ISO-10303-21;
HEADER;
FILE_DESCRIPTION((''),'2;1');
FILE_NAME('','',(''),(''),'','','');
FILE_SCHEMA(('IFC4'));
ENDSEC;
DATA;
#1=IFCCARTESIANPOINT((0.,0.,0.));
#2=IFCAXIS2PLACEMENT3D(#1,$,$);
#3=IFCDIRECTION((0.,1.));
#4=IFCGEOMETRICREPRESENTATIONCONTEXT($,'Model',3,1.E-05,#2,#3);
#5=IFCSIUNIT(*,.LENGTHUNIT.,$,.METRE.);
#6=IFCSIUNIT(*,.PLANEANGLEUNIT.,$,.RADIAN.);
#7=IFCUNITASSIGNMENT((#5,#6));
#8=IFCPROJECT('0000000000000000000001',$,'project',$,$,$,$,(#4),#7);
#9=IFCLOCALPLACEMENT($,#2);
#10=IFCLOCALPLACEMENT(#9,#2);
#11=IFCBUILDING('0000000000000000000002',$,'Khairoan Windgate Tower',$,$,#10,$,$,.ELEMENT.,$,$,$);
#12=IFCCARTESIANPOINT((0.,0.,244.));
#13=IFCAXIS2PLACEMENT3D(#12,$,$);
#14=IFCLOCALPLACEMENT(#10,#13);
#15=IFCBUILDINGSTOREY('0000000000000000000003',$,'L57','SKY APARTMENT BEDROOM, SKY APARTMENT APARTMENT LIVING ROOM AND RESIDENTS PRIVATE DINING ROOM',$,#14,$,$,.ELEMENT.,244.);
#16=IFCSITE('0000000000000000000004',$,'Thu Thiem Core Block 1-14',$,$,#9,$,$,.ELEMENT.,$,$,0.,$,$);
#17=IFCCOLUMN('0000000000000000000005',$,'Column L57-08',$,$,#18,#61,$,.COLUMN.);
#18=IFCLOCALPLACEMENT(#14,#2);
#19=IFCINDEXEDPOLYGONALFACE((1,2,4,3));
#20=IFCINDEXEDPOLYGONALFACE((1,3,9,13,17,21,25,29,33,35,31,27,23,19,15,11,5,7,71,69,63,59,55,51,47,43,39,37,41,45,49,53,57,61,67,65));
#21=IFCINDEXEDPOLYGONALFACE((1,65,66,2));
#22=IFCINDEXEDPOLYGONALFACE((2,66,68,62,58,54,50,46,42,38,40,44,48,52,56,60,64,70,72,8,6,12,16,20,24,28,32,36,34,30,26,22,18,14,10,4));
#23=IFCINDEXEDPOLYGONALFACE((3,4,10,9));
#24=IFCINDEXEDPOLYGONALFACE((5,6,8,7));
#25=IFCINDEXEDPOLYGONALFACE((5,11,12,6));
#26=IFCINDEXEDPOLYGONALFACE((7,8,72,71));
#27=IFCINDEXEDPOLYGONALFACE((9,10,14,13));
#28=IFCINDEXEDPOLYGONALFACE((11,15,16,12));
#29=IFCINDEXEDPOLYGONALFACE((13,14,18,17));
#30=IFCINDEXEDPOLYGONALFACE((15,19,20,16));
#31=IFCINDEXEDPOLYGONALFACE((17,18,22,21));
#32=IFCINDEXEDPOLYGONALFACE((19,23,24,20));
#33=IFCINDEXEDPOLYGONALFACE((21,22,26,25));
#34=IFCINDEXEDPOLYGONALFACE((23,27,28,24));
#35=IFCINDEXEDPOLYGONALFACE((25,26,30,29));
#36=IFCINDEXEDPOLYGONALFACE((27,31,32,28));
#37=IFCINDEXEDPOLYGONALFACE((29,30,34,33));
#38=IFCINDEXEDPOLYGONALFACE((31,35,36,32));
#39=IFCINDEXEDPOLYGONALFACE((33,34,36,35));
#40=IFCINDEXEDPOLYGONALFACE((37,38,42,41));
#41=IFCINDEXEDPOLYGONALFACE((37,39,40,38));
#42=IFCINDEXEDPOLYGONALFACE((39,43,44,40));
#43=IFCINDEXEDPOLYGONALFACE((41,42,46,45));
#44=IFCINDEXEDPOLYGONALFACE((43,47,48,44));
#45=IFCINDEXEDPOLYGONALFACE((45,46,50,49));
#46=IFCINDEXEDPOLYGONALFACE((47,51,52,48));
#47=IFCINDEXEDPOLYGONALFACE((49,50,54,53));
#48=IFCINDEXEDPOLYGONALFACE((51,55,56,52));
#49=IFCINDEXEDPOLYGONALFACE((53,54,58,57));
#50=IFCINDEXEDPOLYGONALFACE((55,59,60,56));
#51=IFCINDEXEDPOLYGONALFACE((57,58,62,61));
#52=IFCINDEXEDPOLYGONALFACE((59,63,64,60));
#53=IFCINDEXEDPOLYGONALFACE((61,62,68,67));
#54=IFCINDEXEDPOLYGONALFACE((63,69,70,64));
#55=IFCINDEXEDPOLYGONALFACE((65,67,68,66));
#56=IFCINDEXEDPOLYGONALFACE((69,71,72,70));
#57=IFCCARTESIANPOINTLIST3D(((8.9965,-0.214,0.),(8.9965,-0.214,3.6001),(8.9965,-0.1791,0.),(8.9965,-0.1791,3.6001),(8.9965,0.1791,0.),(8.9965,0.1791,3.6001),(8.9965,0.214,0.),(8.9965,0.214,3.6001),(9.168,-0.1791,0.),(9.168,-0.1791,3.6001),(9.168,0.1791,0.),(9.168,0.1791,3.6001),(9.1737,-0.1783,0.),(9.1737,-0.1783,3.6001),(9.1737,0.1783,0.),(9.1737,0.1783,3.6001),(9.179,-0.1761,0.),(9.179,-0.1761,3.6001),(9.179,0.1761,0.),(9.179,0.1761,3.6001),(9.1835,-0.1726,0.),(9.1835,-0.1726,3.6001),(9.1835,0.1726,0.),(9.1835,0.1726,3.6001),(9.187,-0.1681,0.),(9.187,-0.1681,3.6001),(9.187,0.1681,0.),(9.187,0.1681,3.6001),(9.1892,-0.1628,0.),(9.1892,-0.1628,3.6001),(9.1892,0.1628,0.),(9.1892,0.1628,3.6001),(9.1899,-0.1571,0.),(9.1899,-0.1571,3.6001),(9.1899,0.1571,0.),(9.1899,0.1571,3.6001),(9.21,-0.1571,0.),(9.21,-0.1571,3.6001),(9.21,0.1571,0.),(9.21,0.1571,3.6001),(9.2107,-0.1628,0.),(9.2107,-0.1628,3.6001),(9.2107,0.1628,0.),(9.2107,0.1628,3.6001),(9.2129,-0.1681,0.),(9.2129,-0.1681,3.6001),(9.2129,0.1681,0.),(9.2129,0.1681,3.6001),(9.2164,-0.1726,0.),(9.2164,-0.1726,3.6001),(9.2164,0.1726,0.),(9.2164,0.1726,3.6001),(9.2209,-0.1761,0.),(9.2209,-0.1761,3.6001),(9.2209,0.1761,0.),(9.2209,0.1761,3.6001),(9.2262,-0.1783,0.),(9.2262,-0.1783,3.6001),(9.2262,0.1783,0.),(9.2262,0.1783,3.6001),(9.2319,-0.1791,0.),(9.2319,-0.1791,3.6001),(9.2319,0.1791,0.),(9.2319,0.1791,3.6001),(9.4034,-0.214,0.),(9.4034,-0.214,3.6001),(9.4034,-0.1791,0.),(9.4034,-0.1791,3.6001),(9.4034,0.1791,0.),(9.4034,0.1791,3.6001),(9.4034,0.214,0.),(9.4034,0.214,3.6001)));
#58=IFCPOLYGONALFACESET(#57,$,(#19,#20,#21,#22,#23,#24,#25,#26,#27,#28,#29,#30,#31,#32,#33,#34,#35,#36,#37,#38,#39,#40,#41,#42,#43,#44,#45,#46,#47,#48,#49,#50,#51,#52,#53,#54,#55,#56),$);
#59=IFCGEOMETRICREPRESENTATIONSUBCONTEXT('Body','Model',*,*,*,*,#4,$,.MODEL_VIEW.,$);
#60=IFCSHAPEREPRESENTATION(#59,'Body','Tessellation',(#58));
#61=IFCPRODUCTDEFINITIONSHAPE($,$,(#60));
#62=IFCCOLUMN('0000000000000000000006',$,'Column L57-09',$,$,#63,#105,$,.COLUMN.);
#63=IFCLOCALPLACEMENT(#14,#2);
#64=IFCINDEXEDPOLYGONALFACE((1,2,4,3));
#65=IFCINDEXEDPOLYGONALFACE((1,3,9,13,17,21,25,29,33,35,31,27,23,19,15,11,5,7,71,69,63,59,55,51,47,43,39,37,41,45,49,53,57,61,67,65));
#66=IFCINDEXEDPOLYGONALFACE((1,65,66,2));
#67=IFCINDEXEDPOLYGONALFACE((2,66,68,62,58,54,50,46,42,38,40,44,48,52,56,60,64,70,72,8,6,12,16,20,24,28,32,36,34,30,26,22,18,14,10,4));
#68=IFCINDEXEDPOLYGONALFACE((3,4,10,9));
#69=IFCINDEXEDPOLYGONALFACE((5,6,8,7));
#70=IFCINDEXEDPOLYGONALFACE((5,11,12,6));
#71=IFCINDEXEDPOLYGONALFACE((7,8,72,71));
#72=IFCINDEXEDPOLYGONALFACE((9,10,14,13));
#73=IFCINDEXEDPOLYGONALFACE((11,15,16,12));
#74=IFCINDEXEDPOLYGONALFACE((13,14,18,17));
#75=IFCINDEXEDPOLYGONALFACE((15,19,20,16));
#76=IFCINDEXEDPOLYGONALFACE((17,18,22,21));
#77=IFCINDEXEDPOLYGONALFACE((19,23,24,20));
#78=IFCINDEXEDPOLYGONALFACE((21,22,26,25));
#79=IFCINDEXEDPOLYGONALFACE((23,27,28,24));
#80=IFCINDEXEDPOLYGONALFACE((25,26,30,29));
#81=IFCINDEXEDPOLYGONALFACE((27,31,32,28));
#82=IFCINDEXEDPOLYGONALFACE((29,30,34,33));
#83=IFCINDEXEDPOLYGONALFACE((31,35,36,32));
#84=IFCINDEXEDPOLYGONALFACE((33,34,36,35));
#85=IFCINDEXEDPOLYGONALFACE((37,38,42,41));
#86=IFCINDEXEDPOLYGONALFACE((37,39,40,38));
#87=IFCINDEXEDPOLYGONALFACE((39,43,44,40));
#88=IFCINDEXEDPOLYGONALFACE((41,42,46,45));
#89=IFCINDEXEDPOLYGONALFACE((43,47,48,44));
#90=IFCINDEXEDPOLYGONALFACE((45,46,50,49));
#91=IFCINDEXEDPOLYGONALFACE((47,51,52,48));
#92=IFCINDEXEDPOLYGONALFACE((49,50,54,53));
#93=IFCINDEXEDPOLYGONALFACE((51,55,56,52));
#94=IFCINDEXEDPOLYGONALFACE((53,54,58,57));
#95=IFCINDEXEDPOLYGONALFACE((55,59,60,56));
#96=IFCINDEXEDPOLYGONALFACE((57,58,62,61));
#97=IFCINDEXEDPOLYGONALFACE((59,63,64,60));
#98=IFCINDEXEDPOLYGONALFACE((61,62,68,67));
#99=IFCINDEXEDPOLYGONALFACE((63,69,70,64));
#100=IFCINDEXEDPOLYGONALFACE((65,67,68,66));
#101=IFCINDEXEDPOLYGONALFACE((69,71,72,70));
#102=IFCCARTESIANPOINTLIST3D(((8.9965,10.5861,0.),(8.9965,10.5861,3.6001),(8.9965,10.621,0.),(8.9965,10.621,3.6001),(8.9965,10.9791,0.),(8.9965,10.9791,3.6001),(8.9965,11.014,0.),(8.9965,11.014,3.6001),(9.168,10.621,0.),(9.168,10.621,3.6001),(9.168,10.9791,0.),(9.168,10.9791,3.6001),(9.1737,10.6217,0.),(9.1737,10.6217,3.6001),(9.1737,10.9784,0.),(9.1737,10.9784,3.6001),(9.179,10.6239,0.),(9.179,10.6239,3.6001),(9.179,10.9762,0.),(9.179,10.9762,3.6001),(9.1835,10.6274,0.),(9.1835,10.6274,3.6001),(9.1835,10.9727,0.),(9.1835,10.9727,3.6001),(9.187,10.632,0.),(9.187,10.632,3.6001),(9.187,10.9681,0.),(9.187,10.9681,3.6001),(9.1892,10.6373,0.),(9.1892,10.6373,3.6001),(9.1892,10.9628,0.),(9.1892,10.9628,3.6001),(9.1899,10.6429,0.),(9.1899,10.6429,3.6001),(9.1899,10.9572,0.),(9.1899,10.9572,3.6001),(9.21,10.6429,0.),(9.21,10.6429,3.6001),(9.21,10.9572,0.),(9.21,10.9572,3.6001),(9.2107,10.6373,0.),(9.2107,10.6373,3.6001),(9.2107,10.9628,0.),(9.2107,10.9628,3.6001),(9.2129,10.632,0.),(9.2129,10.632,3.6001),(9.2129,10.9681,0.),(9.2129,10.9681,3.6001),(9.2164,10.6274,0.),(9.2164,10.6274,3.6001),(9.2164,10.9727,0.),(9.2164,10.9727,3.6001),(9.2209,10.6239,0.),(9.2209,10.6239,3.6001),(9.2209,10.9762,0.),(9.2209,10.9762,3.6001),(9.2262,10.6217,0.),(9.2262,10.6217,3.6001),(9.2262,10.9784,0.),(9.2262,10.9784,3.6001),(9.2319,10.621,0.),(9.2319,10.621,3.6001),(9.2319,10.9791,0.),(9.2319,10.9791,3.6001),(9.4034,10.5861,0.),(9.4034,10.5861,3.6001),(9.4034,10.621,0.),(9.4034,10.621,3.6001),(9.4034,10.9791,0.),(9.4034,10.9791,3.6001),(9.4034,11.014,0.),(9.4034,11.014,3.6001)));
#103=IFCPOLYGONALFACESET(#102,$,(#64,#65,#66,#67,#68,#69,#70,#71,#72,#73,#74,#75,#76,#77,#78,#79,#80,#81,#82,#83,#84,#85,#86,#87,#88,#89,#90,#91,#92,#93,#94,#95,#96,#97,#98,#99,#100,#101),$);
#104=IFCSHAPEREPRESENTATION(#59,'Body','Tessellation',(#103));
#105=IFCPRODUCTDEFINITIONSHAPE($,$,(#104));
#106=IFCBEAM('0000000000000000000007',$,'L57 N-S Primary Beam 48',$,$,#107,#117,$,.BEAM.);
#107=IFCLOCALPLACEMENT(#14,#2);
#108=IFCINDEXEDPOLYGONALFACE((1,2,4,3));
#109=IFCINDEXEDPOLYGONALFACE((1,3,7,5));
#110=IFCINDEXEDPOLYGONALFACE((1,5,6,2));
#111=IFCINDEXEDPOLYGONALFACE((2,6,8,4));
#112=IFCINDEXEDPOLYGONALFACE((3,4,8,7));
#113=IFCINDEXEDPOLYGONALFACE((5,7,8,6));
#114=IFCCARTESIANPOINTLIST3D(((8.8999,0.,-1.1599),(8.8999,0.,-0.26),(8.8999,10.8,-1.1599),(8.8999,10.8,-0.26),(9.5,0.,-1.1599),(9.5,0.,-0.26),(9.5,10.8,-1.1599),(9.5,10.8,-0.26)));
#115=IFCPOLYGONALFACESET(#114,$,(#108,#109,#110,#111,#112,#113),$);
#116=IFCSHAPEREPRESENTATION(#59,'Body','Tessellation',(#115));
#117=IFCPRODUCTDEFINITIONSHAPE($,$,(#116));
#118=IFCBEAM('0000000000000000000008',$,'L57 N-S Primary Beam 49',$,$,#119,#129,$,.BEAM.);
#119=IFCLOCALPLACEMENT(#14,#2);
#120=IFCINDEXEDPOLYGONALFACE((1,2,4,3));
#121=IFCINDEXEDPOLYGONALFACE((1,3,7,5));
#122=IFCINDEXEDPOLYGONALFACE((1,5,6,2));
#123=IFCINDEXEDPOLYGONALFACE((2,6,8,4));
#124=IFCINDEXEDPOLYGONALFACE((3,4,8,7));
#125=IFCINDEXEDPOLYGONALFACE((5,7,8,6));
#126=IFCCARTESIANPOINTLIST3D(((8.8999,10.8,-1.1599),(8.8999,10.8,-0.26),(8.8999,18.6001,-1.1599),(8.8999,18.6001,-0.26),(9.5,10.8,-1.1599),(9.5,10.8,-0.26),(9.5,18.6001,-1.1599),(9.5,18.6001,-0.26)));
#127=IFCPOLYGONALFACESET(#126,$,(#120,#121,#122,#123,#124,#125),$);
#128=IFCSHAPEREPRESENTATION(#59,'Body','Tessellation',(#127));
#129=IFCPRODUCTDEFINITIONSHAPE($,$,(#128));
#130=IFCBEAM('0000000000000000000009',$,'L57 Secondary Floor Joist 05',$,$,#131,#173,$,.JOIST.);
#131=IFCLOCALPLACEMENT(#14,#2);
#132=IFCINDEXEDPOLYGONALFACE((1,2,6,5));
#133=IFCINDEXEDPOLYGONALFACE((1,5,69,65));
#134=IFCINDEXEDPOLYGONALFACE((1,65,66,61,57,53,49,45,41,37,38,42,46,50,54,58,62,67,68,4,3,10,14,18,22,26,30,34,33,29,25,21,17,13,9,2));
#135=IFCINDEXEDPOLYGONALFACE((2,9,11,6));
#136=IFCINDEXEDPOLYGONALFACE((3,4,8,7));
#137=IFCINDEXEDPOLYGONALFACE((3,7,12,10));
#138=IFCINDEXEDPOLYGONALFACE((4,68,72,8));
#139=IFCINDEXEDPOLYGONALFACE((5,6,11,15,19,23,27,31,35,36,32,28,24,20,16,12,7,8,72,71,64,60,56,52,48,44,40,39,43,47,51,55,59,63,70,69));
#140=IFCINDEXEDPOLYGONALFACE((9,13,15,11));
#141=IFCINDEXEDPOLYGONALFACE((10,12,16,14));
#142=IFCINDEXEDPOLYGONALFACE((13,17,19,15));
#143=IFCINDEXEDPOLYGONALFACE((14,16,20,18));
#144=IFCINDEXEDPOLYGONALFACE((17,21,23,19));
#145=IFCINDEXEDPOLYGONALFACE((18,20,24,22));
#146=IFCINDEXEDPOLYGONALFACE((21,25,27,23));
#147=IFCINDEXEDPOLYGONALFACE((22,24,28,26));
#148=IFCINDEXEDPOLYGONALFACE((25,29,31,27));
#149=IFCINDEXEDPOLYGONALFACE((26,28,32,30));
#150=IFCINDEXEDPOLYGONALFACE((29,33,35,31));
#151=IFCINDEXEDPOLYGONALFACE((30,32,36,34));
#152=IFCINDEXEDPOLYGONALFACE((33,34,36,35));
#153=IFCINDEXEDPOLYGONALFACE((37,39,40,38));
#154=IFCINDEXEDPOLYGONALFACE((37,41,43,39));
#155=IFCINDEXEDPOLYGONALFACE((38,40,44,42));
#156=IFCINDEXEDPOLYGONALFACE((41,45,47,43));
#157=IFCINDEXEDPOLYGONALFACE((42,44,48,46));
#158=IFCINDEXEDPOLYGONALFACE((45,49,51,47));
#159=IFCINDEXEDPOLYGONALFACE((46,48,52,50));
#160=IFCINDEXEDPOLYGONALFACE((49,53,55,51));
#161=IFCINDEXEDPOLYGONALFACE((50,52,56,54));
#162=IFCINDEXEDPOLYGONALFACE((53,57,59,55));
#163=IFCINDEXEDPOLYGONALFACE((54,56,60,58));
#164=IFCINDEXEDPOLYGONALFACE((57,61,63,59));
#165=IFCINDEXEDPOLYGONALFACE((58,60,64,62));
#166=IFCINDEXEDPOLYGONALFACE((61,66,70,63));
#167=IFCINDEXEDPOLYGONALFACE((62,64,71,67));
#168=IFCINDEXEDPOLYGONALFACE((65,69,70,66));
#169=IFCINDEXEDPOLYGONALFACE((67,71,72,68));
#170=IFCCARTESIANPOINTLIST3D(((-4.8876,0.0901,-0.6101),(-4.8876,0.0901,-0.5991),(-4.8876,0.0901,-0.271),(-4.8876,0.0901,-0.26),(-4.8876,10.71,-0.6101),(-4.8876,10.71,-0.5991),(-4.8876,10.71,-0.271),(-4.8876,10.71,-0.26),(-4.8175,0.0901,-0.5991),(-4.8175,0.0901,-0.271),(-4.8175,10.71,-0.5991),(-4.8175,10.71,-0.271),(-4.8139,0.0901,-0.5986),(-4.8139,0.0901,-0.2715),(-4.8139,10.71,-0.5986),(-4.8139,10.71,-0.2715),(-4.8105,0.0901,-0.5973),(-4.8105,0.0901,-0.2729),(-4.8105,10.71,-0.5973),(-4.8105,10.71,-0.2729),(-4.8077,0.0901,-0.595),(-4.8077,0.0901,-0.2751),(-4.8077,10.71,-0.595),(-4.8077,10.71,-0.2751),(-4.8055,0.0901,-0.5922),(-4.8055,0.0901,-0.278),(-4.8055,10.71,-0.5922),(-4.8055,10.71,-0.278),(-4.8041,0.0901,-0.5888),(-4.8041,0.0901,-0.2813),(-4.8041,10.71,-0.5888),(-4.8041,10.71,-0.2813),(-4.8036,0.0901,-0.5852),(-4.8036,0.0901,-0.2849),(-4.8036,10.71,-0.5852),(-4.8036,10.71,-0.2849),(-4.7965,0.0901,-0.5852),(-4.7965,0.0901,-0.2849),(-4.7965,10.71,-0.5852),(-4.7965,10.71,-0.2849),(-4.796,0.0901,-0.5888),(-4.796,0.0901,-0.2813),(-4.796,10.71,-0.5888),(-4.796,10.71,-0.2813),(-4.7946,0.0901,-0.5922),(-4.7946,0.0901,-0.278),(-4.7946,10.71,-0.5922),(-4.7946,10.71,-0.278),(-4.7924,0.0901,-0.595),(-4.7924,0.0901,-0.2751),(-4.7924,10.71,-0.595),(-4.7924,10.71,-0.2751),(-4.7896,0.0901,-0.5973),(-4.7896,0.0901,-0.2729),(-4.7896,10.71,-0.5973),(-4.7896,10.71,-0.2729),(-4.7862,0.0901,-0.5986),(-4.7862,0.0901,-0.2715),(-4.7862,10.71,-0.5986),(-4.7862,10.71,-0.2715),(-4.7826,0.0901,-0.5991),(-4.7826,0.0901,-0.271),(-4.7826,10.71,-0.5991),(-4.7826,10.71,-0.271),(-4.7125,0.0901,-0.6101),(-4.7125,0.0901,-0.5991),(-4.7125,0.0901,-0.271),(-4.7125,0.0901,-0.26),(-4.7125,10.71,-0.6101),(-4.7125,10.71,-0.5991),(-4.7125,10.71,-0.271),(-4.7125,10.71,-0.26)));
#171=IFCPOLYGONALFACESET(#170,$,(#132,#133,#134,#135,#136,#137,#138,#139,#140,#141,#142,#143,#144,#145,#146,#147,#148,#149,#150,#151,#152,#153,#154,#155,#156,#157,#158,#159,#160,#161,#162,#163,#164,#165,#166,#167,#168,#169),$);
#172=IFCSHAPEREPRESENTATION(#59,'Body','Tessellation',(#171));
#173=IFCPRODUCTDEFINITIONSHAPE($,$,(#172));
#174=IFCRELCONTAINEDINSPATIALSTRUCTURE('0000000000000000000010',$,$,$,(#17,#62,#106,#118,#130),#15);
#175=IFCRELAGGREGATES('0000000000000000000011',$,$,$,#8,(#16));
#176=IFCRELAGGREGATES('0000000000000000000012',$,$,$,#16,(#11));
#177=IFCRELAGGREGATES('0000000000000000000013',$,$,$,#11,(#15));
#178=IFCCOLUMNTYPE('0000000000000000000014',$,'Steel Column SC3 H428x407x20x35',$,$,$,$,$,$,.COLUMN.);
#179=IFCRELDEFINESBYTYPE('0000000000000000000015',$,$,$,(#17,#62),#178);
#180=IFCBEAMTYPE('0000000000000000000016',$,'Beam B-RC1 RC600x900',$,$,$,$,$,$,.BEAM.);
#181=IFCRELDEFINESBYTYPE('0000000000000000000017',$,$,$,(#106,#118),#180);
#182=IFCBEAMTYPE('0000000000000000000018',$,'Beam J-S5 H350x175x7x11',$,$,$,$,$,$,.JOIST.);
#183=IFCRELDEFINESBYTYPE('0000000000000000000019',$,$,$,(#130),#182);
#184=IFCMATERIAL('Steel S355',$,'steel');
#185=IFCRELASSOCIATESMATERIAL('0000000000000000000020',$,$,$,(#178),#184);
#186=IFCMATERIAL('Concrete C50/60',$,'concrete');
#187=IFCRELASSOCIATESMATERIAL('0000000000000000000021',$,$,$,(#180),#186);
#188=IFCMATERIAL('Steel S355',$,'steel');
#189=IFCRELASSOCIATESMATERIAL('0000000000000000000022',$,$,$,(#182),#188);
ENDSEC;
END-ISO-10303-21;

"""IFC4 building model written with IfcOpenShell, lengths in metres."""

from ifc_helpers import new_model, si_unit, direction, frame, origin, origin_2d, place, context, subcontext, project, spatial, rectangle, i_section, extrude, material, material_profile, profile_set, type_object, element, save


model = new_model("IFC4")

# Units and contexts
model_context = context("Model", 3, precision=1e-05, world=origin(), true_north=direction((0.0, 1.0)))
body_context = subcontext(model_context, "Body", "Model", "MODEL_VIEW")
ifc_project = project(units=[si_unit("LENGTHUNIT", "METRE"), si_unit("PLANEANGLEUNIT", "RADIAN")], contexts=[model_context])

# Site, building, storey
site_placement = place(None, origin())
site = spatial("IfcSite", under=ifc_project, at=site_placement, Name="Thu Thiem Core Block 1-14", CompositionType="ELEMENT", RefElevation=0.0)
building_placement = place(site_placement, origin())
building = spatial("IfcBuilding", under=site, at=building_placement, Name="Khairoan Windgate Tower", CompositionType="ELEMENT")
storey_placement = place(building_placement, frame((0.0, 0.0, 244.0)))
storey = spatial("IfcBuildingStorey", under=building, at=storey_placement, Name="L57", Description="SKY APARTMENT BEDROOM, SKY APARTMENT APARTMENT LIVING ROOM AND RESIDENTS PRIVATE DINING ROOM", CompositionType="ELEMENT", Elevation=244.0)

# Columns
ifc_material_1 = material(Name="Steel S355", Category="steel")
ifc_material_profile_1 = material_profile(ifc_material_1, i_section(OverallWidth=0.407, OverallDepth=0.428, WebThickness=0.02, FlangeThickness=0.0349, FilletRadius=0.022, at=origin_2d()))
ifc_profile_set_1 = profile_set([ifc_material_profile_1], Name="Steel S355")
column_type = type_object("IfcColumnType", Name="Steel Column SC3 H428x407x20x35", PredefinedType="COLUMN", material=ifc_profile_set_1)
for number, where, z_axis, x_axis, name in (
    (1, (9.2, 0.0, 0.0), (0.0, 0.0, 1.0), (1.0, 0.0, 0.0), "Column L57-08"),
    (2, (9.2, 10.8, 0.0), (0.0, 0.0, 1.0), (1.0, 0.0, 0.0), "Column L57-09"),
):
    element("IfcColumn", number, at=place(storey_placement, frame(where, z_axis=z_axis, x_axis=x_axis)), inside=storey, type_object=column_type, Name=name, PredefinedType="COLUMN", context=body_context, shape_type="SweptSolid", body=[
        extrude(i_section(OverallWidth=0.407, OverallDepth=0.428, WebThickness=0.02, FlangeThickness=0.0349, FilletRadius=0.022, at=origin_2d()), origin(), (0.0, 0.0, 1.0), 3.6001),
    ])

# Beams
ifc_material_2 = material(Name="Concrete C50/60", Category="concrete")
ifc_material_profile_2 = material_profile(ifc_material_2, rectangle(XDim=0.6001, YDim=0.8999, at=origin_2d()))
ifc_profile_set_2 = profile_set([ifc_material_profile_2], Name="Concrete C50/60")
beam_type_1 = type_object("IfcBeamType", Name="Beam B-RC1 RC600x900", PredefinedType="BEAM", material=ifc_profile_set_2)
beam_1_placement = place(storey_placement, frame((9.2, 0.0, -0.71), z_axis=(0.0, 1.0, 0.0), x_axis=(-1.0, 0.0, 0.0)))
element("IfcBeam", 3, at=beam_1_placement, inside=storey, type_object=beam_type_1, Name="L57 N-S Primary Beam 48", PredefinedType="BEAM", context=body_context, shape_type="SweptSolid", body=[
    extrude(rectangle(XDim=0.6001, YDim=0.8999, at=origin_2d()), origin(), (0.0, 0.0, 1.0), 10.8),
])
beam_2_placement = place(storey_placement, frame((9.2, 10.8, -0.71), z_axis=(0.0, 1.0, 0.0), x_axis=(-1.0, 0.0, 0.0)))
element("IfcBeam", 4, at=beam_2_placement, inside=storey, type_object=beam_type_1, Name="L57 N-S Primary Beam 49", PredefinedType="BEAM", context=body_context, shape_type="SweptSolid", body=[
    extrude(rectangle(XDim=0.6001, YDim=0.8999, at=origin_2d()), origin(), (0.0, 0.0, 1.0), 7.8),
])
ifc_material_3 = material(Name="Steel S355", Category="steel")
ifc_material_profile_3 = material_profile(ifc_material_3, i_section(OverallWidth=0.175, OverallDepth=0.3501, WebThickness=0.0071, FlangeThickness=0.011, FilletRadius=0.0139, at=origin_2d()))
ifc_profile_set_3 = profile_set([ifc_material_profile_3], Name="Steel S355")
beam_type_2 = type_object("IfcBeamType", Name="Beam J-S5 H350x175x7x11", PredefinedType="JOIST", material=ifc_profile_set_3)
beam_3_placement = place(storey_placement, frame((-4.8, 0.0901, -0.4351), z_axis=(0.0, 1.0, 0.0), x_axis=(-1.0, 0.0, 0.0)))
element("IfcBeam", 5, at=beam_3_placement, inside=storey, type_object=beam_type_2, Name="L57 Secondary Floor Joist 05", PredefinedType="JOIST", context=body_context, shape_type="SweptSolid", body=[
    extrude(i_section(OverallWidth=0.175, OverallDepth=0.3501, WebThickness=0.0071, FlangeThickness=0.011, FilletRadius=0.0139, at=origin_2d()), origin(), (0.0, 0.0, 1.0), 10.6199),
])

save(model, "model.ifc")
